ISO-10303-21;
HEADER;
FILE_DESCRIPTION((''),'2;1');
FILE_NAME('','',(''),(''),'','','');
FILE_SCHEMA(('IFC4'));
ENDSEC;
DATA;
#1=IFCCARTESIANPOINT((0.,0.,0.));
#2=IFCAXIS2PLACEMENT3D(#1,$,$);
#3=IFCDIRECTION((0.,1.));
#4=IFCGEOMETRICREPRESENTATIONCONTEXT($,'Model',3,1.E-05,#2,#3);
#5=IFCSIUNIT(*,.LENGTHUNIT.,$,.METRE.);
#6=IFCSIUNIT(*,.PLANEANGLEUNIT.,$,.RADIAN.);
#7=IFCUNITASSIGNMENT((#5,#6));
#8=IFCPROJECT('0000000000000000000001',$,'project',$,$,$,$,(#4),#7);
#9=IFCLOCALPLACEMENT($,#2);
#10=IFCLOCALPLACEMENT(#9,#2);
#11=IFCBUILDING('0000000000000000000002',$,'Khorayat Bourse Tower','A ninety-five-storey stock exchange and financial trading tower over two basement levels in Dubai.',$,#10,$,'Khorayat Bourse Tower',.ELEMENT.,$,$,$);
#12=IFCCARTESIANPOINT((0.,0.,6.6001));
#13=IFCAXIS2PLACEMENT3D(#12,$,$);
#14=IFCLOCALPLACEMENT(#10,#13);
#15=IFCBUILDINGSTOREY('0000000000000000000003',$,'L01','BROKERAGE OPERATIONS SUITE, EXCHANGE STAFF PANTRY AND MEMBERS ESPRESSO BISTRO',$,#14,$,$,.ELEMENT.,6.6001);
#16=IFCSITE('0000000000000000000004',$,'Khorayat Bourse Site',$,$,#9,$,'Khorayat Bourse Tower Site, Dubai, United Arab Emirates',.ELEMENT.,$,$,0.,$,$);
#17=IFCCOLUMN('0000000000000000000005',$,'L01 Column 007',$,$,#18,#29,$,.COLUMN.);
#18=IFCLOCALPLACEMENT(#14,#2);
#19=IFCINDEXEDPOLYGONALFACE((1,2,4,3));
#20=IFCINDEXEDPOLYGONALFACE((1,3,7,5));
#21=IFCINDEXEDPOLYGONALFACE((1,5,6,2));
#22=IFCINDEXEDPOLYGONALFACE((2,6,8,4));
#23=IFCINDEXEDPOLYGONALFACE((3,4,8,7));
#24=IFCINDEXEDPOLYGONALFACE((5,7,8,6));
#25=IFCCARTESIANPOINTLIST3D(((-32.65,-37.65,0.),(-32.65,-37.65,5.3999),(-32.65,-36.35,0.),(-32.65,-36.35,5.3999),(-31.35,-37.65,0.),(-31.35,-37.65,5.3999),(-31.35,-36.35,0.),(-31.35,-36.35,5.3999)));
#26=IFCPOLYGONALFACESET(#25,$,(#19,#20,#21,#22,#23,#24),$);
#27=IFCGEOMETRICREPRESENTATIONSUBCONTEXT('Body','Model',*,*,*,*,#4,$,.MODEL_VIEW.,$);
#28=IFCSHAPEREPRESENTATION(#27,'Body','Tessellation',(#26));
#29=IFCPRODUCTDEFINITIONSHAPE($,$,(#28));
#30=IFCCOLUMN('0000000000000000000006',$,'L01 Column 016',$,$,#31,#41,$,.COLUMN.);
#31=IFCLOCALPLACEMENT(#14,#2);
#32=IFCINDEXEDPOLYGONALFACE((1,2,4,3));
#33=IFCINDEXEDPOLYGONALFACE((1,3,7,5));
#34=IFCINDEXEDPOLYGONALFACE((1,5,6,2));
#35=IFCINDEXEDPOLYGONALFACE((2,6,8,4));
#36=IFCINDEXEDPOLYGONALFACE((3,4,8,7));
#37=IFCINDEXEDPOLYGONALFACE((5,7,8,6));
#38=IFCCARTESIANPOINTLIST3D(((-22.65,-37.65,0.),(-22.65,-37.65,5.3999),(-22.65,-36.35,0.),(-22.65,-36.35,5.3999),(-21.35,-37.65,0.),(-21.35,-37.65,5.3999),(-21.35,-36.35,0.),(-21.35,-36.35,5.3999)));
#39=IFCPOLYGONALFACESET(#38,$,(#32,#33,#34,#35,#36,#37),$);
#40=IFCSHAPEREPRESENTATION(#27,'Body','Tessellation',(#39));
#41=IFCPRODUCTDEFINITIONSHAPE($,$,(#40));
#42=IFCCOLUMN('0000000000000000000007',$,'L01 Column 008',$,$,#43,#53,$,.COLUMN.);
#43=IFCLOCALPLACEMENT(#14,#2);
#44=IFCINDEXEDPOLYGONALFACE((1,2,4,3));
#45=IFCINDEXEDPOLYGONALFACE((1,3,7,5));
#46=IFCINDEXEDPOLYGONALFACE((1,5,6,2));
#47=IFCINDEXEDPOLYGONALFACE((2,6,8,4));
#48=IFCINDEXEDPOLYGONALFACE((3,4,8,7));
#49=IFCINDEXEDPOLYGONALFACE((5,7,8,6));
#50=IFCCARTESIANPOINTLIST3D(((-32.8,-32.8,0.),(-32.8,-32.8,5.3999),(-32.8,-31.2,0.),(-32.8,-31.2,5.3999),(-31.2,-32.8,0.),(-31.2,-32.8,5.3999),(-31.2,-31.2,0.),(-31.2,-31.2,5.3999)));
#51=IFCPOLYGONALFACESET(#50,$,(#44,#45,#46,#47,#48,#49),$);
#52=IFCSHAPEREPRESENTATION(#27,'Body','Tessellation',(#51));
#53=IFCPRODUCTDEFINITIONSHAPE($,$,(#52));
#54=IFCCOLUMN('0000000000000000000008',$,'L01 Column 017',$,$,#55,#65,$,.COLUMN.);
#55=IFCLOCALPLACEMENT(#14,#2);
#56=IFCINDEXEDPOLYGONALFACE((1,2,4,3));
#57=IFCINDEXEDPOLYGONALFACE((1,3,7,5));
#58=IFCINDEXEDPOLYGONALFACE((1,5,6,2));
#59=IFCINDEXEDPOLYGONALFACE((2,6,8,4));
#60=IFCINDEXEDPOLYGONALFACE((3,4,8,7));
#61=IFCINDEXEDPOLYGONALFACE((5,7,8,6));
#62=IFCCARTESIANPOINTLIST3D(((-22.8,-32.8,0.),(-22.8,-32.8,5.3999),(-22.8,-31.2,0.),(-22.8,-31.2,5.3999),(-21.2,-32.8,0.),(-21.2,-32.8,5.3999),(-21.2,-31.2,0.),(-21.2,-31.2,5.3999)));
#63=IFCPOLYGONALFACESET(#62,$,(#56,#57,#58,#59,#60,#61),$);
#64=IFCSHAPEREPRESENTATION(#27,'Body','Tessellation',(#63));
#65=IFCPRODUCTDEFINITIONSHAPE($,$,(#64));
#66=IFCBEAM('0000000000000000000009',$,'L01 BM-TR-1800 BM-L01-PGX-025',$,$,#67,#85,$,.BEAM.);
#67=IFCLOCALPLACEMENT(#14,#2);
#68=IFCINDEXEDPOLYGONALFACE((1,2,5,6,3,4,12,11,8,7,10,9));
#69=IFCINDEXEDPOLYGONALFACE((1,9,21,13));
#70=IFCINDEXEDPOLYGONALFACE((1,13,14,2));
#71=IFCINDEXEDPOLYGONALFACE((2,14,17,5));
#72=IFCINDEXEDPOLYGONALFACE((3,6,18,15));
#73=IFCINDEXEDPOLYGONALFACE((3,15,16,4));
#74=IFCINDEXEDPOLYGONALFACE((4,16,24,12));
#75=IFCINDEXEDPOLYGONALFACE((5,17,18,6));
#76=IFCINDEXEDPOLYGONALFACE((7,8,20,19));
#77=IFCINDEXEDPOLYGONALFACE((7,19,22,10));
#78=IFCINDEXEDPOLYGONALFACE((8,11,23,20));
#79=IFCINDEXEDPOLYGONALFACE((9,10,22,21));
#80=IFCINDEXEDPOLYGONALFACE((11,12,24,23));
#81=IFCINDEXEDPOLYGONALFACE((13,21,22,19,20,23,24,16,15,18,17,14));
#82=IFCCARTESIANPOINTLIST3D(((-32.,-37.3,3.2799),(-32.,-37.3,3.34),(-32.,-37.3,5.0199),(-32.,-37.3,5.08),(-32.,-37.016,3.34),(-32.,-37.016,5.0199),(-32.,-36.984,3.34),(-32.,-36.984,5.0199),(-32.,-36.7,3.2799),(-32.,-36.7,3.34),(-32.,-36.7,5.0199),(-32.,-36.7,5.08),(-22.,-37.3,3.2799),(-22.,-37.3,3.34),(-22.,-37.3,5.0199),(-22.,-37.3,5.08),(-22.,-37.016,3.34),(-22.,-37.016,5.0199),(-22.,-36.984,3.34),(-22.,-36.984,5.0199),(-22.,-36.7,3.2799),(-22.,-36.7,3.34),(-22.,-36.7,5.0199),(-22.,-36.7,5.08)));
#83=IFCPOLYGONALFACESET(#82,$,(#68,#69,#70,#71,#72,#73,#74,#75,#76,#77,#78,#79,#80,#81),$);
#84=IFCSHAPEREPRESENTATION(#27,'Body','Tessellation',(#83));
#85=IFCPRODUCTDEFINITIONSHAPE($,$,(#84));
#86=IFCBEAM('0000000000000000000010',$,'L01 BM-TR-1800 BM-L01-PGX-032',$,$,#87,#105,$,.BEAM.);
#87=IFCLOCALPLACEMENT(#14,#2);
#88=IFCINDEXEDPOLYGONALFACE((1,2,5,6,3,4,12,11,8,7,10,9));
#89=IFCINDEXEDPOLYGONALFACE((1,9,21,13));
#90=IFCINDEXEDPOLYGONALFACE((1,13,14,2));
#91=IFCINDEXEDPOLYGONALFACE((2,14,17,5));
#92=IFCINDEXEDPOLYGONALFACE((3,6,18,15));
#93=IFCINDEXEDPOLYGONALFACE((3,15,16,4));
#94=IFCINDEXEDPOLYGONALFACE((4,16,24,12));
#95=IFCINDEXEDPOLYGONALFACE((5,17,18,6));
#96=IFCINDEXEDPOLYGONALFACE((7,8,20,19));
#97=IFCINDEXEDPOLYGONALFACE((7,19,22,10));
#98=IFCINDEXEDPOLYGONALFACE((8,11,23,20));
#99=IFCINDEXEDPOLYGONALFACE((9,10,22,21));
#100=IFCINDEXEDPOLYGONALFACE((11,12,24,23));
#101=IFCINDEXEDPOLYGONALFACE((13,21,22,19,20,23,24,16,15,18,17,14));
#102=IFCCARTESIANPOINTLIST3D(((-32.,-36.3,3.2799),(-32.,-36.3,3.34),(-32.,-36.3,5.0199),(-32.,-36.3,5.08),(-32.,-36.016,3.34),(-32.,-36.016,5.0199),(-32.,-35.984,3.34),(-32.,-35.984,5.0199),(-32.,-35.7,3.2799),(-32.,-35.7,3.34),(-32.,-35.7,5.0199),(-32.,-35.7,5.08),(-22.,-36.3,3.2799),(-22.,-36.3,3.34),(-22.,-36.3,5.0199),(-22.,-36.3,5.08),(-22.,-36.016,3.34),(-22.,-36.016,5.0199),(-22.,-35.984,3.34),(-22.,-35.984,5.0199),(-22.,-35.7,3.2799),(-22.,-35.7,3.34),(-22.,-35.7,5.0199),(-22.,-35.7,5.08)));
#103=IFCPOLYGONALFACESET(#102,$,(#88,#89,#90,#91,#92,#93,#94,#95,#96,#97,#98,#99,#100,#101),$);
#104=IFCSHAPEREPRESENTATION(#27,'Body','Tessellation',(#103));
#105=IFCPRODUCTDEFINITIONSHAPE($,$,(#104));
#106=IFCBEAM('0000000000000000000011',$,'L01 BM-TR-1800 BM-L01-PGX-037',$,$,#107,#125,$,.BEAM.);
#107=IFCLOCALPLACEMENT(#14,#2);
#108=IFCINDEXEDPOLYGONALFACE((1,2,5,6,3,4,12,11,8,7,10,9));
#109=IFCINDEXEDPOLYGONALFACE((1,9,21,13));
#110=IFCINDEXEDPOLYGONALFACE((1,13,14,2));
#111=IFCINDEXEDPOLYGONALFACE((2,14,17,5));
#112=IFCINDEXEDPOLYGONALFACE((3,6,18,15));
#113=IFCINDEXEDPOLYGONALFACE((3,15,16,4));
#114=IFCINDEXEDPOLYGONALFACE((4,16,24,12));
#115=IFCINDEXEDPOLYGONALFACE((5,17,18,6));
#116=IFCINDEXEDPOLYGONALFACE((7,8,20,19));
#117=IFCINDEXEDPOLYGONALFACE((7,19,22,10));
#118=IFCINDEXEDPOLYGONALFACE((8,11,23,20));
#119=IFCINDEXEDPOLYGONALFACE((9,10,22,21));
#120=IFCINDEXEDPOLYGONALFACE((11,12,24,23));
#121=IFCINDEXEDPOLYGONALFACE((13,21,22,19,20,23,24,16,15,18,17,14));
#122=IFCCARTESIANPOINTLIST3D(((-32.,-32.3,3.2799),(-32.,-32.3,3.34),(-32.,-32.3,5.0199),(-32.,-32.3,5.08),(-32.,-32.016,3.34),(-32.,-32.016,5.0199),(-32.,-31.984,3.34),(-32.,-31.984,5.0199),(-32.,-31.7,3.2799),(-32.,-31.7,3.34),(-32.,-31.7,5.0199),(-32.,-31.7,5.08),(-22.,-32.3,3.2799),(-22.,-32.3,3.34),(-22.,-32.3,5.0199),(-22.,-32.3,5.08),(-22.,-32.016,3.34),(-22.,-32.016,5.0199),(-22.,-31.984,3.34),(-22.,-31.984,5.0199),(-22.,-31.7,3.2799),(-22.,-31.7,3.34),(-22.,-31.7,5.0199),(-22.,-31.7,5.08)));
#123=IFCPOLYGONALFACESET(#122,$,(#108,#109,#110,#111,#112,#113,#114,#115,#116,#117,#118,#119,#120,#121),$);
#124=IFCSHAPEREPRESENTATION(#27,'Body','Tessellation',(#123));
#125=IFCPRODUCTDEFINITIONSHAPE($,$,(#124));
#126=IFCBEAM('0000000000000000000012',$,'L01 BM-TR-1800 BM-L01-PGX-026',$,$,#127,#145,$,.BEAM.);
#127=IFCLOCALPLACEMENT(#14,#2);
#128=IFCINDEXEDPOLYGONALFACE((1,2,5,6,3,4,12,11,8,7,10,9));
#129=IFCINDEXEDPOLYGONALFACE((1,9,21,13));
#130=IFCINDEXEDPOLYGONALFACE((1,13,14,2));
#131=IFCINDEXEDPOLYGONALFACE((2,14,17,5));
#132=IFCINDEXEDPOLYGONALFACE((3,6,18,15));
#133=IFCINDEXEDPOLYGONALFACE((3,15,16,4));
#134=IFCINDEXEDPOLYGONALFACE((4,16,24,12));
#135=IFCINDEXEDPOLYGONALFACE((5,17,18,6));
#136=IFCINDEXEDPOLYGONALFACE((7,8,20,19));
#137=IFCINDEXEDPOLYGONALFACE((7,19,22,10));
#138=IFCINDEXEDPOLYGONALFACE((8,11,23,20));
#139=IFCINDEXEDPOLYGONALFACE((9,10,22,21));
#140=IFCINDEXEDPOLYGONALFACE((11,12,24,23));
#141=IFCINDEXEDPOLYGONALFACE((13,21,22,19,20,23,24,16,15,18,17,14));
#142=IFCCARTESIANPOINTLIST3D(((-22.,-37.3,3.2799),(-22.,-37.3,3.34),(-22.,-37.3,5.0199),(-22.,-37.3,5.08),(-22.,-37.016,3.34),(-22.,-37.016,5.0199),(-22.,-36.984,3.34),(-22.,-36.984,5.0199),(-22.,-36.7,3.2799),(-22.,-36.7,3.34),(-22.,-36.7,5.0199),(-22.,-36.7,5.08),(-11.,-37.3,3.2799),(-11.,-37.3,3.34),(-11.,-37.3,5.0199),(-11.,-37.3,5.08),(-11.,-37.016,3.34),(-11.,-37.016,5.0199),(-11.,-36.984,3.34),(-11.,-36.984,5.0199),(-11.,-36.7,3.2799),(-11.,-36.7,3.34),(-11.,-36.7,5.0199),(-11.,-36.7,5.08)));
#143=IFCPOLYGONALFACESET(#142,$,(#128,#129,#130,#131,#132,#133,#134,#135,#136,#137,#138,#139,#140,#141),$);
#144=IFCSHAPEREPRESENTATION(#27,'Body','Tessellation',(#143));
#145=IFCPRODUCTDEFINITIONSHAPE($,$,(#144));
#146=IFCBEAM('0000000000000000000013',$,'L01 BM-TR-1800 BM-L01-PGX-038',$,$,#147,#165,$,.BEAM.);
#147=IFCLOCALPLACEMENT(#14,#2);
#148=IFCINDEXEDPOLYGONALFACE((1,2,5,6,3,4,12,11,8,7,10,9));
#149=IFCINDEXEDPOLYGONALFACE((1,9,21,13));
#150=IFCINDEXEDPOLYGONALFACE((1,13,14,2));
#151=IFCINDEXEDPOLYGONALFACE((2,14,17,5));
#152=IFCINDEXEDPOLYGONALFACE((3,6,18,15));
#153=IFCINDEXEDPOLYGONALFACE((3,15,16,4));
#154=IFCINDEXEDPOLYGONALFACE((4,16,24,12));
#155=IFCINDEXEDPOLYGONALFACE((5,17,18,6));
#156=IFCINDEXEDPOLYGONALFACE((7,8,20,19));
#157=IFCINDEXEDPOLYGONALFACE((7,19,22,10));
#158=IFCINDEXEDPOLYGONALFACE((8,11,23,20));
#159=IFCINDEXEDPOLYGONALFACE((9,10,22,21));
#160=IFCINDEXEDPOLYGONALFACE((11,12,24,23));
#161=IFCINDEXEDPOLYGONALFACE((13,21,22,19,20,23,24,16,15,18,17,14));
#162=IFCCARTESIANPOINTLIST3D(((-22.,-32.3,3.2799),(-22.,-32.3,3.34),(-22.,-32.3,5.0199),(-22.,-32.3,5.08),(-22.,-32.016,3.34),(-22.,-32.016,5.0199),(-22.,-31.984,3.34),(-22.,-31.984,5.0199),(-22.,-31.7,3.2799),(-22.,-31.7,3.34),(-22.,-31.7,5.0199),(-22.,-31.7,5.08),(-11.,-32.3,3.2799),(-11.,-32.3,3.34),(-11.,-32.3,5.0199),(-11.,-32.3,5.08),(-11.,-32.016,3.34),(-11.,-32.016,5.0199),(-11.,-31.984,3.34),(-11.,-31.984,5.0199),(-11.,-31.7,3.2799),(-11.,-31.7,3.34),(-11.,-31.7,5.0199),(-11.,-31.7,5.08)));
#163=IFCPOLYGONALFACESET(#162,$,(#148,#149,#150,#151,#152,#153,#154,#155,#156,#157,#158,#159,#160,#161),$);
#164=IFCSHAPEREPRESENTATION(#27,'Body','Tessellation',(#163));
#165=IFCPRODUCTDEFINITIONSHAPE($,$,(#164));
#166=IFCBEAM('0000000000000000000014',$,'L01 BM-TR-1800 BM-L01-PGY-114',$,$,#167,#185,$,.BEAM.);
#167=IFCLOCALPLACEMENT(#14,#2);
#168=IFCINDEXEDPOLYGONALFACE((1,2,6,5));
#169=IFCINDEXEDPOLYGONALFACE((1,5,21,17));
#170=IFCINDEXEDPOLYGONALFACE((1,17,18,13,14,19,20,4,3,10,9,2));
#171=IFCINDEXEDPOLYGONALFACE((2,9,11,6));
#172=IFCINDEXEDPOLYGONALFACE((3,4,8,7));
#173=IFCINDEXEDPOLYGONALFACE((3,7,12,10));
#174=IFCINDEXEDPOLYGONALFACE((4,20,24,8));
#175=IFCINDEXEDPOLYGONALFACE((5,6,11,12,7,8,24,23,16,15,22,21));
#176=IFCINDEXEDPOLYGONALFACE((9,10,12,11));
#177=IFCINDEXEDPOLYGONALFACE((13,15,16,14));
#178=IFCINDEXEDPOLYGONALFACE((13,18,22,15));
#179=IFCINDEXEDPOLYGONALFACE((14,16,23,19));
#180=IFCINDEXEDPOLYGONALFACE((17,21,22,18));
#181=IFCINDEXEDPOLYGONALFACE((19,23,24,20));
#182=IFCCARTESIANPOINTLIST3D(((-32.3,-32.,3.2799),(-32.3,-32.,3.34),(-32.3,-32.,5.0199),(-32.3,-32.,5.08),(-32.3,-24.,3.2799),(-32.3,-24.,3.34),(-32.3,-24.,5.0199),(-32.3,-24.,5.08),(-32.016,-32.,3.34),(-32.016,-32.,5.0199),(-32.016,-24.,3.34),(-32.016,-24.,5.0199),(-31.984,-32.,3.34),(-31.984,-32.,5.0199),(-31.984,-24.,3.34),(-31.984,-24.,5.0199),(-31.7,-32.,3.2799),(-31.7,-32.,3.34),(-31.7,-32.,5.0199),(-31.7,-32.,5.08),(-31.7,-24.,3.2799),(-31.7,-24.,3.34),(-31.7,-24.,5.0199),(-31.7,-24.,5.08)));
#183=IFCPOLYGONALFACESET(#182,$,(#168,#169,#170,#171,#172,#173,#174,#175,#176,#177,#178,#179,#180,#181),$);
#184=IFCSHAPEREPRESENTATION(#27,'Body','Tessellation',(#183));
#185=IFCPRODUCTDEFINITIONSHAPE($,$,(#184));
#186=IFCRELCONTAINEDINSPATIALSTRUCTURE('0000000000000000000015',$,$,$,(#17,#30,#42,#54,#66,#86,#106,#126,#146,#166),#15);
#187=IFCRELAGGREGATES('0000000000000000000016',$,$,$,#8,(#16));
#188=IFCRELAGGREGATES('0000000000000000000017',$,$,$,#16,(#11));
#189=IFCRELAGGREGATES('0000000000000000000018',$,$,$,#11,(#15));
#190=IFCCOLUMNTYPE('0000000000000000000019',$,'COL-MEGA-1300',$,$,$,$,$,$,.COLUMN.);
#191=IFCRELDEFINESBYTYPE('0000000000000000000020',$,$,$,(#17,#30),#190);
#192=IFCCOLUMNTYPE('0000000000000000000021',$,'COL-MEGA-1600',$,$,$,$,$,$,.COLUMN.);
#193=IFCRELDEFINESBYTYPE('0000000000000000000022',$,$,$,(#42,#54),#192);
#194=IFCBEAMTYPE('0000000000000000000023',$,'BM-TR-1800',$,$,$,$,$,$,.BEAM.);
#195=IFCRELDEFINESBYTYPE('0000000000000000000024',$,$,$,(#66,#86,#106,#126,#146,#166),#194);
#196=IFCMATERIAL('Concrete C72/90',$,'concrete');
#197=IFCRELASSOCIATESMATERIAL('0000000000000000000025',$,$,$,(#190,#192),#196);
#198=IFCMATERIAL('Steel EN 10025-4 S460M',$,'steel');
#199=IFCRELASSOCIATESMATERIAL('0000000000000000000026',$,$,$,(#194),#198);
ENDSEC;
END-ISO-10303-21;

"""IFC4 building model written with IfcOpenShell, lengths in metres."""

from ifc_helpers import new_model, si_unit, direction, frame, origin, origin_2d, place, context, subcontext, project, spatial, rectangle, i_section, extrude, source, transform, mapped, material, material_profile, profile_set, type_object, element, save


model = new_model("IFC4")

# Units and contexts
model_context = context("Model", 3, precision=1e-05, world=origin(), true_north=direction((0.0, 1.0)))
body_context = subcontext(model_context, "Body", "Model", "MODEL_VIEW")
ifc_project = project(units=[si_unit("LENGTHUNIT", "METRE"), si_unit("PLANEANGLEUNIT", "RADIAN")], contexts=[model_context])

# Site, building, storey
site_placement = place(None, origin())
site = spatial("IfcSite", under=ifc_project, at=site_placement, Name="Khorayat Bourse Site", LongName="Khorayat Bourse Tower Site, Dubai, United Arab Emirates", CompositionType="ELEMENT", RefElevation=0.0)
building_placement = place(site_placement, origin())
building = spatial("IfcBuilding", under=site, at=building_placement, Name="Khorayat Bourse Tower", Description="A ninety-five-storey stock exchange and financial trading tower over two basement levels in Dubai.", LongName="Khorayat Bourse Tower", CompositionType="ELEMENT")
storey_placement = place(building_placement, frame((0.0, 0.0, 6.6001)))
storey = spatial("IfcBuildingStorey", under=building, at=storey_placement, Name="L01", Description="BROKERAGE OPERATIONS SUITE, EXCHANGE STAFF PANTRY AND MEMBERS ESPRESSO BISTRO", CompositionType="ELEMENT", Elevation=6.6001)

# Columns
ifc_material_1 = material(Name="Concrete C72/90", Category="concrete")
ifc_material_profile_1 = material_profile(ifc_material_1, rectangle(XDim=1.3, YDim=1.3, at=origin_2d()), Name="RC 1300x1300")
ifc_profile_set_1 = profile_set([ifc_material_profile_1], Name="Concrete C72/90")
column_type_1 = type_object("IfcColumnType", Name="COL-MEGA-1300", PredefinedType="COLUMN", material=ifc_profile_set_1)
shared_shape_1 = source(origin(), body_context, "Body", "SweptSolid", [
    extrude(rectangle(XDim=1.3, YDim=1.3, at=origin_2d()), origin(), (0.0, 0.0, 1.0), 5.3999),
])
for number, where, z_axis, x_axis, name in (
    (1, (-32.0, -37.0, 0.0), (0.0, 0.0, 1.0), (1.0, 0.0, 0.0), "L01 Column 007"),
    (2, (-22.0, -37.0, 0.0), (0.0, 0.0, 1.0), (1.0, 0.0, 0.0), "L01 Column 016"),
):
    element("IfcColumn", number, at=place(storey_placement, frame(where, z_axis=z_axis, x_axis=x_axis)), inside=storey, type_object=column_type_1, Name=name, PredefinedType="COLUMN", context=body_context, shape_type="MappedRepresentation", body=[
        mapped(shared_shape_1, transform((0.0, 0.0, 0.0), scale=1.0)),
    ])
ifc_material_profile_2 = material_profile(ifc_material_1, rectangle(XDim=1.6001, YDim=1.6001, at=origin_2d()), Name="RC 1600x1600")
ifc_profile_set_2 = profile_set([ifc_material_profile_2], Name="Concrete C72/90")
column_type_2 = type_object("IfcColumnType", Name="COL-MEGA-1600", PredefinedType="COLUMN", material=ifc_profile_set_2)
shared_shape_2 = source(origin(), body_context, "Body", "SweptSolid", [
    extrude(rectangle(XDim=1.6001, YDim=1.6001, at=origin_2d()), origin(), (0.0, 0.0, 1.0), 5.3999),
])
for number, where, z_axis, x_axis, name in (
    (3, (-32.0, -32.0, 0.0), (0.0, 0.0, 1.0), (1.0, 0.0, 0.0), "L01 Column 008"),
    (4, (-22.0, -32.0, 0.0), (0.0, 0.0, 1.0), (1.0, 0.0, 0.0), "L01 Column 017"),
):
    element("IfcColumn", number, at=place(storey_placement, frame(where, z_axis=z_axis, x_axis=x_axis)), inside=storey, type_object=column_type_2, Name=name, PredefinedType="COLUMN", context=body_context, shape_type="MappedRepresentation", body=[
        mapped(shared_shape_2, transform((0.0, 0.0, 0.0), scale=1.0)),
    ])

# Beams
ifc_material_2 = material(Name="Steel EN 10025-4 S460M", Category="steel")
ifc_material_profile_3 = material_profile(ifc_material_2, i_section(OverallWidth=0.6001, OverallDepth=1.8, WebThickness=0.032, FlangeThickness=0.0601, at=origin_2d()), Name="PG 1800x600x32x60")
ifc_profile_set_3 = profile_set([ifc_material_profile_3], Name="Steel EN 10025-4 S460M")
beam_type_1 = type_object("IfcBeamType", Name="BM-TR-1800", PredefinedType="BEAM", material=ifc_profile_set_3)
shared_shape_3 = source(origin(), body_context, "Body", "SweptSolid", [
    extrude(i_section(OverallWidth=0.6001, OverallDepth=1.8, WebThickness=0.032, FlangeThickness=0.0601, at=origin_2d()), origin(), (0.0, 0.0, 1.0), 10.0),
])
for number, where, z_axis, x_axis, name in (
    (5, (-32.0, -37.0, 4.1799), (1.0, 0.0, 0.0), (0.0, 1.0, 0.0), "L01 BM-TR-1800 BM-L01-PGX-025"),
    (6, (-32.0, -36.0, 4.1799), (1.0, 0.0, 0.0), (0.0, 1.0, 0.0), "L01 BM-TR-1800 BM-L01-PGX-032"),
    (7, (-32.0, -32.0, 4.1799), (1.0, 0.0, 0.0), (0.0, 1.0, 0.0), "L01 BM-TR-1800 BM-L01-PGX-037"),
):
    element("IfcBeam", number, at=place(storey_placement, frame(where, z_axis=z_axis, x_axis=x_axis)), inside=storey, type_object=beam_type_1, Name=name, PredefinedType="BEAM", context=body_context, shape_type="MappedRepresentation", body=[
        mapped(shared_shape_3, transform((0.0, 0.0, 0.0), scale=1.0)),
    ])
shared_shape_4 = source(origin(), body_context, "Body", "SweptSolid", [
    extrude(i_section(OverallWidth=0.6001, OverallDepth=1.8, WebThickness=0.032, FlangeThickness=0.0601, at=origin_2d()), origin(), (0.0, 0.0, 1.0), 11.0),
])
for number, where, z_axis, x_axis, name in (
    (8, (-22.0, -37.0, 4.1799), (1.0, 0.0, 0.0), (0.0, 1.0, 0.0), "L01 BM-TR-1800 BM-L01-PGX-026"),
    (9, (-22.0, -32.0, 4.1799), (1.0, 0.0, 0.0), (0.0, 1.0, 0.0), "L01 BM-TR-1800 BM-L01-PGX-038"),
):
    element("IfcBeam", number, at=place(storey_placement, frame(where, z_axis=z_axis, x_axis=x_axis)), inside=storey, type_object=beam_type_1, Name=name, PredefinedType="BEAM", context=body_context, shape_type="MappedRepresentation", body=[
        mapped(shared_shape_4, transform((0.0, 0.0, 0.0), scale=1.0)),
    ])
shared_shape_5 = source(origin(), body_context, "Body", "SweptSolid", [
    extrude(i_section(OverallWidth=0.6001, OverallDepth=1.8, WebThickness=0.032, FlangeThickness=0.0601, at=origin_2d()), origin(), (0.0, 0.0, 1.0), 8.0),
])
for number, where, z_axis, x_axis, name in (
    (10, (-32.0, -32.0, 4.1799), (0.0, 1.0, 0.0), (-1.0, 0.0, 0.0), "L01 BM-TR-1800 BM-L01-PGY-114"),
):
    element("IfcBeam", number, at=place(storey_placement, frame(where, z_axis=z_axis, x_axis=x_axis)), inside=storey, type_object=beam_type_1, Name=name, PredefinedType="BEAM", context=body_context, shape_type="MappedRepresentation", body=[
        mapped(shared_shape_5, transform((0.0, 0.0, 0.0), scale=1.0)),
    ])

save(model, "model.ifc")
